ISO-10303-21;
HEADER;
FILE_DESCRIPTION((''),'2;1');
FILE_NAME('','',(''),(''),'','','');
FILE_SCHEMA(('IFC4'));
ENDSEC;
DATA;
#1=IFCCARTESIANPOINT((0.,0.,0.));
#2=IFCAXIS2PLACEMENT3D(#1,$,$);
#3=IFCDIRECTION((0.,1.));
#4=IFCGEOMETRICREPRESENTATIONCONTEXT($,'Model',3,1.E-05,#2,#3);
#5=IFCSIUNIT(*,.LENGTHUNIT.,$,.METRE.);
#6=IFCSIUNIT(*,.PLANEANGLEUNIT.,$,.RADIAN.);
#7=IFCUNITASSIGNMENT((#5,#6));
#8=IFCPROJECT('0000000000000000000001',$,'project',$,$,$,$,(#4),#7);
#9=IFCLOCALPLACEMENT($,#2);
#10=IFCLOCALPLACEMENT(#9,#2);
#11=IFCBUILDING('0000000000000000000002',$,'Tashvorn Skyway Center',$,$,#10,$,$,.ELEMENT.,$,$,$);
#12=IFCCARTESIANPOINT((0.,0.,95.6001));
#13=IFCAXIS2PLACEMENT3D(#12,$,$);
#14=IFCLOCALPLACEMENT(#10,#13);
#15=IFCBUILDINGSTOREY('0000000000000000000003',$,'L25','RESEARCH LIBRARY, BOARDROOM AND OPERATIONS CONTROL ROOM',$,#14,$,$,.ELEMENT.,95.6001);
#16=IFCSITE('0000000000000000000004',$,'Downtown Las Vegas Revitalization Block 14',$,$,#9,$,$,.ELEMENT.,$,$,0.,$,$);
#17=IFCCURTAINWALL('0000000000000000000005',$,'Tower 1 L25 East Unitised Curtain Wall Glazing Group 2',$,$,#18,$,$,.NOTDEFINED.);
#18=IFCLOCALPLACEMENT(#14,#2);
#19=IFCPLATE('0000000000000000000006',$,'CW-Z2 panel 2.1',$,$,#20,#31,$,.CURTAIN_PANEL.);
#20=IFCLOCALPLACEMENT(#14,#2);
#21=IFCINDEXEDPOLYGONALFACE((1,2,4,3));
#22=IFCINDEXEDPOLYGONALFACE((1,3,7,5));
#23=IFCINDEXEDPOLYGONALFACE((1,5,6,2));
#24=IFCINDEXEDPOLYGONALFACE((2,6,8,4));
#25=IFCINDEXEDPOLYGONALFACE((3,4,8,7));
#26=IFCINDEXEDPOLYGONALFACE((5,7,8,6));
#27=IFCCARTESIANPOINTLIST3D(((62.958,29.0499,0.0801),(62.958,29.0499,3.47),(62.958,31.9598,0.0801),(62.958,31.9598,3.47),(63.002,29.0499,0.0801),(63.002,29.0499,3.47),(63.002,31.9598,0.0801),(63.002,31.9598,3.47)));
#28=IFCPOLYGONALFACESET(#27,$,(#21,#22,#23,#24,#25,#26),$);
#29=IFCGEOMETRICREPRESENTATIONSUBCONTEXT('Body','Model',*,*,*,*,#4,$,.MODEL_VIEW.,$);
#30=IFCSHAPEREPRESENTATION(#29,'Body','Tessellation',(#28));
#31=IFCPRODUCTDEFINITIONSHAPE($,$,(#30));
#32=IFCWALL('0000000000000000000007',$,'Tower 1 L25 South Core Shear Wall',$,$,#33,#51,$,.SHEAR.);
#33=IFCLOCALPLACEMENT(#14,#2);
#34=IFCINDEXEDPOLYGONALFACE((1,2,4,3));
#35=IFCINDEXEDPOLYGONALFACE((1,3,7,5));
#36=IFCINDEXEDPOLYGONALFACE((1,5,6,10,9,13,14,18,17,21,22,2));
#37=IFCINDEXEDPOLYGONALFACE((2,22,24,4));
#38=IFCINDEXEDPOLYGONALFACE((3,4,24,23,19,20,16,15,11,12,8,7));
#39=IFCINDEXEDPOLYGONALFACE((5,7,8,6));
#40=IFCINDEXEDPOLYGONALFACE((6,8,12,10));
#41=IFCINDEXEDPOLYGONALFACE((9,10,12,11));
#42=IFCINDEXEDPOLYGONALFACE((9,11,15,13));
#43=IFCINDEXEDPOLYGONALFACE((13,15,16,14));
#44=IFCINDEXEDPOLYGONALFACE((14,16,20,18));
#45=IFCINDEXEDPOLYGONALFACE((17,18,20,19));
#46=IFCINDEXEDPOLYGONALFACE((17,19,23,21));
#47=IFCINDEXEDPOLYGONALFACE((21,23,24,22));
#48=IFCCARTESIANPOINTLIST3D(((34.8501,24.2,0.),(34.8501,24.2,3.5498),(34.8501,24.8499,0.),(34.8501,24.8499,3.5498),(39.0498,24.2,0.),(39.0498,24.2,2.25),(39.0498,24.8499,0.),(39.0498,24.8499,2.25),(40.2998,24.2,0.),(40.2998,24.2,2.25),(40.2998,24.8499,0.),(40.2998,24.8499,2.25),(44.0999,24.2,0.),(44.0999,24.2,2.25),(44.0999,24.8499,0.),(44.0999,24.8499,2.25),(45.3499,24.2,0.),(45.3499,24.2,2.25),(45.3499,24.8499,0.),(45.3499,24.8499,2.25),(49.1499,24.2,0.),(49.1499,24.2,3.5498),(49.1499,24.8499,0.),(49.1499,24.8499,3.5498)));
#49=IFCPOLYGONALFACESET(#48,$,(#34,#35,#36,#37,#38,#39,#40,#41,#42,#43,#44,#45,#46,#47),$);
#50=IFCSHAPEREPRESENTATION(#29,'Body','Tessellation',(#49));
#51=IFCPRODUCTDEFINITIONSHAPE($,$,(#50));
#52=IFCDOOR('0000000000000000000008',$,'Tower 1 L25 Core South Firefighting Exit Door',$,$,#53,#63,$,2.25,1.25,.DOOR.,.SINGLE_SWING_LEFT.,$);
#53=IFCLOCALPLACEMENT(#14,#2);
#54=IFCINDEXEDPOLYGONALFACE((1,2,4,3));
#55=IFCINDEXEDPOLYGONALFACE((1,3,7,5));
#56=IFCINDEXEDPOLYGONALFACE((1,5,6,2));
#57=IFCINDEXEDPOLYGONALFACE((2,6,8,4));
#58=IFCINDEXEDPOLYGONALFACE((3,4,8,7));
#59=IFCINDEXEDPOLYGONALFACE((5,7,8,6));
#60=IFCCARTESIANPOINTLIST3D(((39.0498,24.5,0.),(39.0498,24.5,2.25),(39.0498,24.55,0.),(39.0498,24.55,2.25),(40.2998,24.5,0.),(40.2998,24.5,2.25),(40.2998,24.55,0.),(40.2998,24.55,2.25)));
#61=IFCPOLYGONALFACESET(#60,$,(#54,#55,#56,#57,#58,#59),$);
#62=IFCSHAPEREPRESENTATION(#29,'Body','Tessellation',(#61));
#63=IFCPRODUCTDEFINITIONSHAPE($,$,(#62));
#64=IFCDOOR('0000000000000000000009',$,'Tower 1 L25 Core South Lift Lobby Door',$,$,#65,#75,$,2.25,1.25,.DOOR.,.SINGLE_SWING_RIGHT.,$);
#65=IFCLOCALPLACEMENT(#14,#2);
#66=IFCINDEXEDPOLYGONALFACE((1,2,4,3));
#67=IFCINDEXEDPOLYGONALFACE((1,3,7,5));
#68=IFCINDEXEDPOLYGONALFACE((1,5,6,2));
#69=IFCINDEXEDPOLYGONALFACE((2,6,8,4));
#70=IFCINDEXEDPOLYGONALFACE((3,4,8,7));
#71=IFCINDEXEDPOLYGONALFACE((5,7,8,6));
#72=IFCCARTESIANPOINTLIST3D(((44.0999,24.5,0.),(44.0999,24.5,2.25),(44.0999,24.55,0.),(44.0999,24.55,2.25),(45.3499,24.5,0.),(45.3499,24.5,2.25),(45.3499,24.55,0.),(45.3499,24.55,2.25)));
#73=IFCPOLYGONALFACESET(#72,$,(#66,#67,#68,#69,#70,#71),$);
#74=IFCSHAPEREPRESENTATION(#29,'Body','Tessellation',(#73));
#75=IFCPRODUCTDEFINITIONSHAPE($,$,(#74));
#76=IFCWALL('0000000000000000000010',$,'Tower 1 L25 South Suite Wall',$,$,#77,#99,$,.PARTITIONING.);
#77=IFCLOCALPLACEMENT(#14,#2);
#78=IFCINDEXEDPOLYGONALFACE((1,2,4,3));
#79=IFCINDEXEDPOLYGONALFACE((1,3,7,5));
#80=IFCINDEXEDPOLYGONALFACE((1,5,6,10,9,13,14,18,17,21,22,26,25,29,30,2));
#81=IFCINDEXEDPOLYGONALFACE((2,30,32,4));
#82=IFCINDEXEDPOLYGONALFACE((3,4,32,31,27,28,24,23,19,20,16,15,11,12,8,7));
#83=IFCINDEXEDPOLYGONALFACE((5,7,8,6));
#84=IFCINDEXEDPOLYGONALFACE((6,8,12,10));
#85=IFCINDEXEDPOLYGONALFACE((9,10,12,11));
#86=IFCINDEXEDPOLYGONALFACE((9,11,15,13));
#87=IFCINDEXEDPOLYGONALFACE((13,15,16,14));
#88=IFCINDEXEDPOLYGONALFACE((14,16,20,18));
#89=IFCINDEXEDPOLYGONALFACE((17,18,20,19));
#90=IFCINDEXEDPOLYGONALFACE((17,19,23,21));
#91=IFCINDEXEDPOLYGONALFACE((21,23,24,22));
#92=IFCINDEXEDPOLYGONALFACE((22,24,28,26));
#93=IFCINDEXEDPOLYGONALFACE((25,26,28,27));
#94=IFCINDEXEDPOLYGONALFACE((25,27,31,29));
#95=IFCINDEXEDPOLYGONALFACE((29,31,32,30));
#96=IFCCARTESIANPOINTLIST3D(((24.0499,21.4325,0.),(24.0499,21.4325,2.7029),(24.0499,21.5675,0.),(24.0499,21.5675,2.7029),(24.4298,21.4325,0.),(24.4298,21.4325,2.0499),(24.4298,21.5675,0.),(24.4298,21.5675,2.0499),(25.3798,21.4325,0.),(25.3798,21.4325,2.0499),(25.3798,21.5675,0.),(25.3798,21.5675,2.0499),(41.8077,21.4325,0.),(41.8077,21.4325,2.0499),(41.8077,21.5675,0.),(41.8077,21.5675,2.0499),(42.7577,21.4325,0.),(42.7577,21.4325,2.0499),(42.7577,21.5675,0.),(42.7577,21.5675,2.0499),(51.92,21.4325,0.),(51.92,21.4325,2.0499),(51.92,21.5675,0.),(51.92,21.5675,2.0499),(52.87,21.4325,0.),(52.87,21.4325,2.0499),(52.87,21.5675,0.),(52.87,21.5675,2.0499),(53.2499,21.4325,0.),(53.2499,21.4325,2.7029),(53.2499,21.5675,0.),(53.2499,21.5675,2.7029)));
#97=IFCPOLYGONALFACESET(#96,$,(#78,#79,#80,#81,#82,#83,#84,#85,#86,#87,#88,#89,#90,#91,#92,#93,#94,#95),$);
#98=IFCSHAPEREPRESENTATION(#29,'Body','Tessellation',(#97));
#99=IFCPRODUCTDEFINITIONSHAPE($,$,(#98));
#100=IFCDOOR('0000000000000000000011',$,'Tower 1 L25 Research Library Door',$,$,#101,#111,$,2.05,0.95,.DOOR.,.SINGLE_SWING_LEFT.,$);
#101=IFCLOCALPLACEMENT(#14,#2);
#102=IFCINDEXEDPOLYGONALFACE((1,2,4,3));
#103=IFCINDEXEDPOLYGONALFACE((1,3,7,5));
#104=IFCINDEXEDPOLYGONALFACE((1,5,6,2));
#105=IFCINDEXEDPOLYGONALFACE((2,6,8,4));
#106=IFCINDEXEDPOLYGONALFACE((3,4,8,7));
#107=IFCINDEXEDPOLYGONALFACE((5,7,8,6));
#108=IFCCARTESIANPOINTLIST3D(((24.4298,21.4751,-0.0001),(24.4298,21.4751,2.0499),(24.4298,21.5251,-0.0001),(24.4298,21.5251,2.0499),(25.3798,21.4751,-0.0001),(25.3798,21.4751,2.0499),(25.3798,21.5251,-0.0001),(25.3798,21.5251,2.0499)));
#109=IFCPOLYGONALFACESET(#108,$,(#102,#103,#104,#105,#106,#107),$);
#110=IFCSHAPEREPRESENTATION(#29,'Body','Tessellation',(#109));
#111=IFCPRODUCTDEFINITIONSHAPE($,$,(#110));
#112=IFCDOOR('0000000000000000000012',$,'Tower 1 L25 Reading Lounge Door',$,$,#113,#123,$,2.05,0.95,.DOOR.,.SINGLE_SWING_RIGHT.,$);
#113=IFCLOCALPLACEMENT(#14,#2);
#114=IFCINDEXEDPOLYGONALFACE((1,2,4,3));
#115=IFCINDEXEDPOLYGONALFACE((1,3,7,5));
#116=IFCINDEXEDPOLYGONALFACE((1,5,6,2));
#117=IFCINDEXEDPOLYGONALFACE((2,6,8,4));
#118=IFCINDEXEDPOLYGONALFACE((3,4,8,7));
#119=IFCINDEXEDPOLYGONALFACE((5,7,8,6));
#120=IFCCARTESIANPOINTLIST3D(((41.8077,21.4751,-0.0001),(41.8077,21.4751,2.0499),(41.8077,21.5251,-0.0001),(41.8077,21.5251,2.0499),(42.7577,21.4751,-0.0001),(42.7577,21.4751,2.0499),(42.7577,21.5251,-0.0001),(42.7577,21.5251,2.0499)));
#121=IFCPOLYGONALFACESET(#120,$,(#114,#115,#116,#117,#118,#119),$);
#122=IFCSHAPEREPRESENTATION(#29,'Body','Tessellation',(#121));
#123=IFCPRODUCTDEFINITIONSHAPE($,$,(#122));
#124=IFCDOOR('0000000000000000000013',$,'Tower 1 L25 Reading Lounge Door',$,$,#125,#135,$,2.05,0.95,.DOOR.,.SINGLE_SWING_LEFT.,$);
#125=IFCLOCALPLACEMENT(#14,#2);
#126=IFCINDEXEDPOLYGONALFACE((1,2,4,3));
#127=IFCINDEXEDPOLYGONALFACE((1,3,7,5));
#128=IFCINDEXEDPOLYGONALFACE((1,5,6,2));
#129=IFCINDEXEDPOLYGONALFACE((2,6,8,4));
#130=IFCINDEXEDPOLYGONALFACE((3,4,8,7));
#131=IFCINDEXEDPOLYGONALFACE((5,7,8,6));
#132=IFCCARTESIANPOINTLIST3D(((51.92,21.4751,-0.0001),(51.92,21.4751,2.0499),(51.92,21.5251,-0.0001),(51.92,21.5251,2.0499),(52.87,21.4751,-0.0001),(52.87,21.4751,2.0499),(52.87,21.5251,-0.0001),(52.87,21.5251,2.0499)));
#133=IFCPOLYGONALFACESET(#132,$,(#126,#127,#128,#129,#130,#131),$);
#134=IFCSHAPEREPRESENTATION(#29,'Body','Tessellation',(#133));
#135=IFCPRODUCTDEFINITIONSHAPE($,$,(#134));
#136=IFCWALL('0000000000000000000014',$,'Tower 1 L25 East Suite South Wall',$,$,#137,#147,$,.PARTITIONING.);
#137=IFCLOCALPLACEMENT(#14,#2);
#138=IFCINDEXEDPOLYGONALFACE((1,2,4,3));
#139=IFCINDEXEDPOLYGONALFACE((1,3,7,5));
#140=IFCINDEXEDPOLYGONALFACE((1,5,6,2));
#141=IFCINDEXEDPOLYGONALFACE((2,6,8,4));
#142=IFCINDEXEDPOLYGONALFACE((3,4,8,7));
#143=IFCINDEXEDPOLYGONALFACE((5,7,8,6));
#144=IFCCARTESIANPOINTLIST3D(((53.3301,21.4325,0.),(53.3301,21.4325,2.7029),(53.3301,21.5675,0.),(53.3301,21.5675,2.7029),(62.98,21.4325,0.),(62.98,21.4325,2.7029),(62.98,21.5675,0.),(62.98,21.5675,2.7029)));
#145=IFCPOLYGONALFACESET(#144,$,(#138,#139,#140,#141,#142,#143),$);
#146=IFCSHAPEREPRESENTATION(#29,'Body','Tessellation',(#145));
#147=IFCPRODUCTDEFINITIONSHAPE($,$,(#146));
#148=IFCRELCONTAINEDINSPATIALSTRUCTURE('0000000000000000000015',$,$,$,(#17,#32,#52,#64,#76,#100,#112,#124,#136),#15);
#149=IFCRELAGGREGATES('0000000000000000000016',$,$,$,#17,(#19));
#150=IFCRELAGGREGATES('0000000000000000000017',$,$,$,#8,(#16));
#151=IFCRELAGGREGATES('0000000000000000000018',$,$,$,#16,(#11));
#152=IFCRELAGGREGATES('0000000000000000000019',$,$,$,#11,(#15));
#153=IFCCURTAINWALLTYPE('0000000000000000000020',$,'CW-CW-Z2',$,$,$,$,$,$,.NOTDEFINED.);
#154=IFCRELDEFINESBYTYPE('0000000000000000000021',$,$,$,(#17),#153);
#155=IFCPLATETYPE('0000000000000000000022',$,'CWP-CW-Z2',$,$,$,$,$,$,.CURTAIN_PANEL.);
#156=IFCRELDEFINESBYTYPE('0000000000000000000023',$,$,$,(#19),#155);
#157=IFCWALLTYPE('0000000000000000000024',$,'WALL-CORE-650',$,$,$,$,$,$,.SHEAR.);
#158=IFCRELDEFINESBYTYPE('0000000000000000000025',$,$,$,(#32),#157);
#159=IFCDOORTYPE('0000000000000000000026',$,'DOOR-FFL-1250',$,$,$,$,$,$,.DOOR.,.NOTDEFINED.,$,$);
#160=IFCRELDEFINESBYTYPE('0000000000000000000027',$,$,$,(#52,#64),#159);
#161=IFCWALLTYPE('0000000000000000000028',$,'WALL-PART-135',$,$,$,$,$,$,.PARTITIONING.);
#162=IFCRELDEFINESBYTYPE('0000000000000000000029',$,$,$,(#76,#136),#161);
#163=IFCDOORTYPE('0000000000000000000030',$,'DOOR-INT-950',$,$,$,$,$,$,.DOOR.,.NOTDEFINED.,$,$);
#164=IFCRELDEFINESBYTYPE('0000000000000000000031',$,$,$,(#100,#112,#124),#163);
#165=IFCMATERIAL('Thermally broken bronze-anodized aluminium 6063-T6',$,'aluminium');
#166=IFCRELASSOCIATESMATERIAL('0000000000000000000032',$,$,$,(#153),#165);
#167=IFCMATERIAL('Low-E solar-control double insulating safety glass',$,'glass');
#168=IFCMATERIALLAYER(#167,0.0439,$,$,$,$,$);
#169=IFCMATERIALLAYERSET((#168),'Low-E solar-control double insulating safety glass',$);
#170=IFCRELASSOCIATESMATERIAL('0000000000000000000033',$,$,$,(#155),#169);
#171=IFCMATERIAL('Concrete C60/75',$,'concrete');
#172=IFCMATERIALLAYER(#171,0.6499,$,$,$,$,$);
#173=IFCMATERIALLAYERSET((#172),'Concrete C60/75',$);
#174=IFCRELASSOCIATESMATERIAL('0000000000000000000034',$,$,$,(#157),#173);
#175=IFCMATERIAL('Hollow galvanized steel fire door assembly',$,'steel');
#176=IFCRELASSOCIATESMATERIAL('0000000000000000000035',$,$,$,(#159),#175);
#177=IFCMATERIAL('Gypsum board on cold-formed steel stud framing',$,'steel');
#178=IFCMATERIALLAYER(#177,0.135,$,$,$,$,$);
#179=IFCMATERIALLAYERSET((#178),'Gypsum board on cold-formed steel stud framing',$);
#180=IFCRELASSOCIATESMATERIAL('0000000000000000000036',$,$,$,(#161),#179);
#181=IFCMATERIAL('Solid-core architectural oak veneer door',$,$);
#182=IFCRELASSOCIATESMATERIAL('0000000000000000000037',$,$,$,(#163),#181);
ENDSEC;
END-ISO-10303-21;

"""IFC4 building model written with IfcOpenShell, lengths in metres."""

from ifc_helpers import new_model, si_unit, direction, frame, frame_2d, origin, origin_2d, place, context, subcontext, project, spatial, rectangle, extrude, material, layer, layer_set, type_object, element, fill, aggregate, save


model = new_model("IFC4")

# Units and contexts
model_context = context("Model", 3, precision=1e-05, world=origin(), true_north=direction((0.0, 1.0)))
body_context = subcontext(model_context, "Body", "Model", "MODEL_VIEW")
ifc_project = project(units=[si_unit("LENGTHUNIT", "METRE"), si_unit("PLANEANGLEUNIT", "RADIAN")], contexts=[model_context])

# Site, building, storey
site_placement = place(None, origin())
site = spatial("IfcSite", under=ifc_project, at=site_placement, Name="Downtown Las Vegas Revitalization Block 14", CompositionType="ELEMENT", RefElevation=0.0)
building_placement = place(site_placement, origin())
building = spatial("IfcBuilding", under=site, at=building_placement, Name="Tashvorn Skyway Center", CompositionType="ELEMENT")
storey_placement = place(building_placement, frame((0.0, 0.0, 95.6001)))
storey = spatial("IfcBuildingStorey", under=building, at=storey_placement, Name="L25", Description="RESEARCH LIBRARY, BOARDROOM AND OPERATIONS CONTROL ROOM", CompositionType="ELEMENT", Elevation=95.6001)

# Curtain wall
ifc_material_1 = material(Name="Thermally broken bronze-anodized aluminium 6063-T6", Category="aluminium")
curtain_wall_type = type_object("IfcCurtainWallType", Name="CW-CW-Z2", PredefinedType="NOTDEFINED", material=ifc_material_1)
curtain_wall_1_placement = place(storey_placement, origin())
curtain_wall_1 = element("IfcCurtainWall", 1, at=curtain_wall_1_placement, inside=storey, type_object=curtain_wall_type, Name="Tower 1 L25 East Unitised Curtain Wall Glazing Group 2", PredefinedType="NOTDEFINED")

# Plate
ifc_material_2 = material(Name="Low-E solar-control double insulating safety glass", Category="glass")
ifc_layer_1 = layer(ifc_material_2, 0.0439)
ifc_layer_set_1 = layer_set([ifc_layer_1], Name="Low-E solar-control double insulating safety glass")
plate_type = type_object("IfcPlateType", Name="CWP-CW-Z2", PredefinedType="CURTAIN_PANEL", material=ifc_layer_set_1)
plate_placement = place(storey_placement, frame((62.98, 30.5049, 0.0801), z_axis=(0.0, 0.0, 1.0), x_axis=(0.0, -1.0, 0.0)))
plate = element("IfcPlate", 2, at=plate_placement, type_object=plate_type, Name="CW-Z2 panel 2.1", PredefinedType="CURTAIN_PANEL", context=body_context, shape_type="SweptSolid", body=[
    extrude(rectangle(XDim=2.9099, YDim=0.0439, at=origin_2d()), origin(), (0.0, 0.0, 1.0), 3.3899),
])
aggregate(curtain_wall_1, [plate])

# Walls, openings, doors
ifc_material_3 = material(Name="Concrete C60/75", Category="concrete")
ifc_layer_2 = layer(ifc_material_3, 0.6499)
ifc_layer_set_2 = layer_set([ifc_layer_2], Name="Concrete C60/75")
wall_type_1 = type_object("IfcWallType", Name="WALL-CORE-650", PredefinedType="SHEAR", material=ifc_layer_set_2)
wall_1_placement = place(storey_placement, frame((49.1499, 24.5249, 0.0), z_axis=(0.0, 0.0, 1.0), x_axis=(-1.0, 0.0, 0.0)))
wall_1 = element("IfcWall", 3, at=wall_1_placement, inside=storey, type_object=wall_type_1, Name="Tower 1 L25 South Core Shear Wall", PredefinedType="SHEAR", context=body_context, shape_type="SweptSolid", body=[
    extrude(rectangle(XDim=14.2998, YDim=0.6499, at=frame_2d((7.1499, 0.0))), origin(), (0.0, 0.0, 1.0), 3.5498),
])
opening_1_placement = place(wall_1_placement, frame((8.8501, 0.0, 0.0)))
opening_1 = element("IfcOpeningElement", 4, at=opening_1_placement, cuts=wall_1, PredefinedType="OPENING", context=body_context, shape_type="SweptSolid", body=[
    extrude(rectangle(XDim=1.25, YDim=2.25, at=frame_2d((0.625, 1.125))), frame((0.0, 0.335, 0.0), z_axis=(0.0, -1.0, 0.0), x_axis=(1.0, 0.0, 0.0)), (0.0, 0.0, 1.0), 0.6699),
])
opening_2_placement = place(wall_1_placement, frame((3.8, 0.0, 0.0)))
opening_2 = element("IfcOpeningElement", 5, at=opening_2_placement, cuts=wall_1, PredefinedType="OPENING", context=body_context, shape_type="SweptSolid", body=[
    extrude(rectangle(XDim=1.25, YDim=2.25, at=frame_2d((0.625, 1.125))), frame((0.0, 0.335, 0.0), z_axis=(0.0, -1.0, 0.0), x_axis=(1.0, 0.0, 0.0)), (0.0, 0.0, 1.0), 0.6699),
])
ifc_material_4 = material(Name="Hollow galvanized steel fire door assembly", Category="steel")
door_type_1 = type_object("IfcDoorType", Name="DOOR-FFL-1250", OperationType="NOTDEFINED", PredefinedType="DOOR", material=ifc_material_4)
door_1_placement = place(opening_1_placement, origin())
door_1 = element("IfcDoor", 6, at=door_1_placement, inside=storey, type_object=door_type_1, Name="Tower 1 L25 Core South Firefighting Exit Door", OperationType="SINGLE_SWING_LEFT", OverallHeight=2.25, OverallWidth=1.25, PredefinedType="DOOR", context=body_context, shape_type="SweptSolid", body=[
    extrude(rectangle(XDim=1.25, YDim=2.25, at=frame_2d((0.625, 1.125))), frame((0.0, 0.0249, 0.0), z_axis=(0.0, -1.0, 0.0), x_axis=(1.0, 0.0, 0.0)), (0.0, 0.0, 1.0), 0.05),
])
fill(opening_1, door_1)
door_2_placement = place(opening_2_placement, origin())
door_2 = element("IfcDoor", 7, at=door_2_placement, inside=storey, type_object=door_type_1, Name="Tower 1 L25 Core South Lift Lobby Door", OperationType="SINGLE_SWING_RIGHT", OverallHeight=2.25, OverallWidth=1.25, PredefinedType="DOOR", context=body_context, shape_type="SweptSolid", body=[
    extrude(rectangle(XDim=1.25, YDim=2.25, at=frame_2d((0.625, 1.125))), frame((0.0, 0.0249, 0.0), z_axis=(0.0, -1.0, 0.0), x_axis=(1.0, 0.0, 0.0)), (0.0, 0.0, 1.0), 0.05),
])
fill(opening_2, door_2)
ifc_material_5 = material(Name="Gypsum board on cold-formed steel stud framing", Category="steel")
ifc_layer_3 = layer(ifc_material_5, 0.135)
ifc_layer_set_3 = layer_set([ifc_layer_3], Name="Gypsum board on cold-formed steel stud framing")
wall_type_2 = type_object("IfcWallType", Name="WALL-PART-135", PredefinedType="PARTITIONING", material=ifc_layer_set_3)
wall_2_placement = place(storey_placement, frame((53.25, 21.5, 0.0), z_axis=(0.0, 0.0, 1.0), x_axis=(-1.0, 0.0, 0.0)))
wall_2 = element("IfcWall", 8, at=wall_2_placement, inside=storey, type_object=wall_type_2, Name="Tower 1 L25 South Suite Wall", PredefinedType="PARTITIONING", context=body_context, shape_type="SweptSolid", body=[
    extrude(rectangle(XDim=29.2, YDim=0.135, at=frame_2d((14.6001, 0.0))), origin(), (0.0, 0.0, 1.0), 2.7029),
])
opening_3_placement = place(wall_2_placement, frame((27.8701, 0.0, 0.0)))
opening_3 = element("IfcOpeningElement", 9, at=opening_3_placement, cuts=wall_2, PredefinedType="OPENING", context=body_context, shape_type="SweptSolid", body=[
    extrude(rectangle(XDim=0.95, YDim=2.05, at=frame_2d((0.4751, 1.0249))), frame((0.0, 0.0774, 0.0), z_axis=(0.0, -1.0, 0.0), x_axis=(1.0, 0.0, 0.0)), (0.0, 0.0, 1.0), 0.155),
])
opening_4_placement = place(wall_2_placement, frame((10.4922, 0.0, 0.0)))
opening_4 = element("IfcOpeningElement", 10, at=opening_4_placement, cuts=wall_2, PredefinedType="OPENING", context=body_context, shape_type="SweptSolid", body=[
    extrude(rectangle(XDim=0.95, YDim=2.05, at=frame_2d((0.4751, 1.0249))), frame((0.0, 0.0774, 0.0), z_axis=(0.0, -1.0, 0.0), x_axis=(1.0, 0.0, 0.0)), (0.0, 0.0, 1.0), 0.155),
])
opening_5_placement = place(wall_2_placement, frame((0.3799, 0.0, 0.0)))
opening_5 = element("IfcOpeningElement", 11, at=opening_5_placement, cuts=wall_2, PredefinedType="OPENING", context=body_context, shape_type="SweptSolid", body=[
    extrude(rectangle(XDim=0.95, YDim=2.05, at=frame_2d((0.4751, 1.0249))), frame((0.0, 0.0774, 0.0), z_axis=(0.0, -1.0, 0.0), x_axis=(1.0, 0.0, 0.0)), (0.0, 0.0, 1.0), 0.155),
])
ifc_material_6 = material(Name="Solid-core architectural oak veneer door")
door_type_2 = type_object("IfcDoorType", Name="DOOR-INT-950", OperationType="NOTDEFINED", PredefinedType="DOOR", material=ifc_material_6)
door_3_placement = place(opening_3_placement, origin())
door_3 = element("IfcDoor", 12, at=door_3_placement, inside=storey, type_object=door_type_2, Name="Tower 1 L25 Research Library Door", OperationType="SINGLE_SWING_LEFT", OverallHeight=2.05, OverallWidth=0.95, PredefinedType="DOOR", context=body_context, shape_type="SweptSolid", body=[
    extrude(rectangle(XDim=0.95, YDim=2.05, at=frame_2d((0.4751, 1.0249))), frame((0.0, 0.0249, 0.0), z_axis=(0.0, -1.0, 0.0), x_axis=(1.0, 0.0, 0.0)), (0.0, 0.0, 1.0), 0.05),
])
fill(opening_3, door_3)
door_4_placement = place(opening_4_placement, origin())
door_4 = element("IfcDoor", 13, at=door_4_placement, inside=storey, type_object=door_type_2, Name="Tower 1 L25 Reading Lounge Door", OperationType="SINGLE_SWING_RIGHT", OverallHeight=2.05, OverallWidth=0.95, PredefinedType="DOOR", context=body_context, shape_type="SweptSolid", body=[
    extrude(rectangle(XDim=0.95, YDim=2.05, at=frame_2d((0.4751, 1.0249))), frame((0.0, 0.0249, 0.0), z_axis=(0.0, -1.0, 0.0), x_axis=(1.0, 0.0, 0.0)), (0.0, 0.0, 1.0), 0.05),
])
fill(opening_4, door_4)
door_5_placement = place(opening_5_placement, origin())
door_5 = element("IfcDoor", 14, at=door_5_placement, inside=storey, type_object=door_type_2, Name="Tower 1 L25 Reading Lounge Door", OperationType="SINGLE_SWING_LEFT", OverallHeight=2.05, OverallWidth=0.95, PredefinedType="DOOR", context=body_context, shape_type="SweptSolid", body=[
    extrude(rectangle(XDim=0.95, YDim=2.05, at=frame_2d((0.4751, 1.0249))), frame((0.0, 0.0249, 0.0), z_axis=(0.0, -1.0, 0.0), x_axis=(1.0, 0.0, 0.0)), (0.0, 0.0, 1.0), 0.05),
])
fill(opening_5, door_5)

# Wall
wall_3_placement = place(storey_placement, frame((53.3301, 21.5, 0.0), z_axis=(0.0, 0.0, 1.0), x_axis=(1.0, 0.0, 0.0)))
element("IfcWall", 15, at=wall_3_placement, inside=storey, type_object=wall_type_2, Name="Tower 1 L25 East Suite South Wall", PredefinedType="PARTITIONING", context=body_context, shape_type="SweptSolid", body=[
    extrude(rectangle(XDim=9.6499, YDim=0.135, at=frame_2d((4.825, 0.0))), origin(), (0.0, 0.0, 1.0), 2.7029),
])

save(model, "model.ifc")
